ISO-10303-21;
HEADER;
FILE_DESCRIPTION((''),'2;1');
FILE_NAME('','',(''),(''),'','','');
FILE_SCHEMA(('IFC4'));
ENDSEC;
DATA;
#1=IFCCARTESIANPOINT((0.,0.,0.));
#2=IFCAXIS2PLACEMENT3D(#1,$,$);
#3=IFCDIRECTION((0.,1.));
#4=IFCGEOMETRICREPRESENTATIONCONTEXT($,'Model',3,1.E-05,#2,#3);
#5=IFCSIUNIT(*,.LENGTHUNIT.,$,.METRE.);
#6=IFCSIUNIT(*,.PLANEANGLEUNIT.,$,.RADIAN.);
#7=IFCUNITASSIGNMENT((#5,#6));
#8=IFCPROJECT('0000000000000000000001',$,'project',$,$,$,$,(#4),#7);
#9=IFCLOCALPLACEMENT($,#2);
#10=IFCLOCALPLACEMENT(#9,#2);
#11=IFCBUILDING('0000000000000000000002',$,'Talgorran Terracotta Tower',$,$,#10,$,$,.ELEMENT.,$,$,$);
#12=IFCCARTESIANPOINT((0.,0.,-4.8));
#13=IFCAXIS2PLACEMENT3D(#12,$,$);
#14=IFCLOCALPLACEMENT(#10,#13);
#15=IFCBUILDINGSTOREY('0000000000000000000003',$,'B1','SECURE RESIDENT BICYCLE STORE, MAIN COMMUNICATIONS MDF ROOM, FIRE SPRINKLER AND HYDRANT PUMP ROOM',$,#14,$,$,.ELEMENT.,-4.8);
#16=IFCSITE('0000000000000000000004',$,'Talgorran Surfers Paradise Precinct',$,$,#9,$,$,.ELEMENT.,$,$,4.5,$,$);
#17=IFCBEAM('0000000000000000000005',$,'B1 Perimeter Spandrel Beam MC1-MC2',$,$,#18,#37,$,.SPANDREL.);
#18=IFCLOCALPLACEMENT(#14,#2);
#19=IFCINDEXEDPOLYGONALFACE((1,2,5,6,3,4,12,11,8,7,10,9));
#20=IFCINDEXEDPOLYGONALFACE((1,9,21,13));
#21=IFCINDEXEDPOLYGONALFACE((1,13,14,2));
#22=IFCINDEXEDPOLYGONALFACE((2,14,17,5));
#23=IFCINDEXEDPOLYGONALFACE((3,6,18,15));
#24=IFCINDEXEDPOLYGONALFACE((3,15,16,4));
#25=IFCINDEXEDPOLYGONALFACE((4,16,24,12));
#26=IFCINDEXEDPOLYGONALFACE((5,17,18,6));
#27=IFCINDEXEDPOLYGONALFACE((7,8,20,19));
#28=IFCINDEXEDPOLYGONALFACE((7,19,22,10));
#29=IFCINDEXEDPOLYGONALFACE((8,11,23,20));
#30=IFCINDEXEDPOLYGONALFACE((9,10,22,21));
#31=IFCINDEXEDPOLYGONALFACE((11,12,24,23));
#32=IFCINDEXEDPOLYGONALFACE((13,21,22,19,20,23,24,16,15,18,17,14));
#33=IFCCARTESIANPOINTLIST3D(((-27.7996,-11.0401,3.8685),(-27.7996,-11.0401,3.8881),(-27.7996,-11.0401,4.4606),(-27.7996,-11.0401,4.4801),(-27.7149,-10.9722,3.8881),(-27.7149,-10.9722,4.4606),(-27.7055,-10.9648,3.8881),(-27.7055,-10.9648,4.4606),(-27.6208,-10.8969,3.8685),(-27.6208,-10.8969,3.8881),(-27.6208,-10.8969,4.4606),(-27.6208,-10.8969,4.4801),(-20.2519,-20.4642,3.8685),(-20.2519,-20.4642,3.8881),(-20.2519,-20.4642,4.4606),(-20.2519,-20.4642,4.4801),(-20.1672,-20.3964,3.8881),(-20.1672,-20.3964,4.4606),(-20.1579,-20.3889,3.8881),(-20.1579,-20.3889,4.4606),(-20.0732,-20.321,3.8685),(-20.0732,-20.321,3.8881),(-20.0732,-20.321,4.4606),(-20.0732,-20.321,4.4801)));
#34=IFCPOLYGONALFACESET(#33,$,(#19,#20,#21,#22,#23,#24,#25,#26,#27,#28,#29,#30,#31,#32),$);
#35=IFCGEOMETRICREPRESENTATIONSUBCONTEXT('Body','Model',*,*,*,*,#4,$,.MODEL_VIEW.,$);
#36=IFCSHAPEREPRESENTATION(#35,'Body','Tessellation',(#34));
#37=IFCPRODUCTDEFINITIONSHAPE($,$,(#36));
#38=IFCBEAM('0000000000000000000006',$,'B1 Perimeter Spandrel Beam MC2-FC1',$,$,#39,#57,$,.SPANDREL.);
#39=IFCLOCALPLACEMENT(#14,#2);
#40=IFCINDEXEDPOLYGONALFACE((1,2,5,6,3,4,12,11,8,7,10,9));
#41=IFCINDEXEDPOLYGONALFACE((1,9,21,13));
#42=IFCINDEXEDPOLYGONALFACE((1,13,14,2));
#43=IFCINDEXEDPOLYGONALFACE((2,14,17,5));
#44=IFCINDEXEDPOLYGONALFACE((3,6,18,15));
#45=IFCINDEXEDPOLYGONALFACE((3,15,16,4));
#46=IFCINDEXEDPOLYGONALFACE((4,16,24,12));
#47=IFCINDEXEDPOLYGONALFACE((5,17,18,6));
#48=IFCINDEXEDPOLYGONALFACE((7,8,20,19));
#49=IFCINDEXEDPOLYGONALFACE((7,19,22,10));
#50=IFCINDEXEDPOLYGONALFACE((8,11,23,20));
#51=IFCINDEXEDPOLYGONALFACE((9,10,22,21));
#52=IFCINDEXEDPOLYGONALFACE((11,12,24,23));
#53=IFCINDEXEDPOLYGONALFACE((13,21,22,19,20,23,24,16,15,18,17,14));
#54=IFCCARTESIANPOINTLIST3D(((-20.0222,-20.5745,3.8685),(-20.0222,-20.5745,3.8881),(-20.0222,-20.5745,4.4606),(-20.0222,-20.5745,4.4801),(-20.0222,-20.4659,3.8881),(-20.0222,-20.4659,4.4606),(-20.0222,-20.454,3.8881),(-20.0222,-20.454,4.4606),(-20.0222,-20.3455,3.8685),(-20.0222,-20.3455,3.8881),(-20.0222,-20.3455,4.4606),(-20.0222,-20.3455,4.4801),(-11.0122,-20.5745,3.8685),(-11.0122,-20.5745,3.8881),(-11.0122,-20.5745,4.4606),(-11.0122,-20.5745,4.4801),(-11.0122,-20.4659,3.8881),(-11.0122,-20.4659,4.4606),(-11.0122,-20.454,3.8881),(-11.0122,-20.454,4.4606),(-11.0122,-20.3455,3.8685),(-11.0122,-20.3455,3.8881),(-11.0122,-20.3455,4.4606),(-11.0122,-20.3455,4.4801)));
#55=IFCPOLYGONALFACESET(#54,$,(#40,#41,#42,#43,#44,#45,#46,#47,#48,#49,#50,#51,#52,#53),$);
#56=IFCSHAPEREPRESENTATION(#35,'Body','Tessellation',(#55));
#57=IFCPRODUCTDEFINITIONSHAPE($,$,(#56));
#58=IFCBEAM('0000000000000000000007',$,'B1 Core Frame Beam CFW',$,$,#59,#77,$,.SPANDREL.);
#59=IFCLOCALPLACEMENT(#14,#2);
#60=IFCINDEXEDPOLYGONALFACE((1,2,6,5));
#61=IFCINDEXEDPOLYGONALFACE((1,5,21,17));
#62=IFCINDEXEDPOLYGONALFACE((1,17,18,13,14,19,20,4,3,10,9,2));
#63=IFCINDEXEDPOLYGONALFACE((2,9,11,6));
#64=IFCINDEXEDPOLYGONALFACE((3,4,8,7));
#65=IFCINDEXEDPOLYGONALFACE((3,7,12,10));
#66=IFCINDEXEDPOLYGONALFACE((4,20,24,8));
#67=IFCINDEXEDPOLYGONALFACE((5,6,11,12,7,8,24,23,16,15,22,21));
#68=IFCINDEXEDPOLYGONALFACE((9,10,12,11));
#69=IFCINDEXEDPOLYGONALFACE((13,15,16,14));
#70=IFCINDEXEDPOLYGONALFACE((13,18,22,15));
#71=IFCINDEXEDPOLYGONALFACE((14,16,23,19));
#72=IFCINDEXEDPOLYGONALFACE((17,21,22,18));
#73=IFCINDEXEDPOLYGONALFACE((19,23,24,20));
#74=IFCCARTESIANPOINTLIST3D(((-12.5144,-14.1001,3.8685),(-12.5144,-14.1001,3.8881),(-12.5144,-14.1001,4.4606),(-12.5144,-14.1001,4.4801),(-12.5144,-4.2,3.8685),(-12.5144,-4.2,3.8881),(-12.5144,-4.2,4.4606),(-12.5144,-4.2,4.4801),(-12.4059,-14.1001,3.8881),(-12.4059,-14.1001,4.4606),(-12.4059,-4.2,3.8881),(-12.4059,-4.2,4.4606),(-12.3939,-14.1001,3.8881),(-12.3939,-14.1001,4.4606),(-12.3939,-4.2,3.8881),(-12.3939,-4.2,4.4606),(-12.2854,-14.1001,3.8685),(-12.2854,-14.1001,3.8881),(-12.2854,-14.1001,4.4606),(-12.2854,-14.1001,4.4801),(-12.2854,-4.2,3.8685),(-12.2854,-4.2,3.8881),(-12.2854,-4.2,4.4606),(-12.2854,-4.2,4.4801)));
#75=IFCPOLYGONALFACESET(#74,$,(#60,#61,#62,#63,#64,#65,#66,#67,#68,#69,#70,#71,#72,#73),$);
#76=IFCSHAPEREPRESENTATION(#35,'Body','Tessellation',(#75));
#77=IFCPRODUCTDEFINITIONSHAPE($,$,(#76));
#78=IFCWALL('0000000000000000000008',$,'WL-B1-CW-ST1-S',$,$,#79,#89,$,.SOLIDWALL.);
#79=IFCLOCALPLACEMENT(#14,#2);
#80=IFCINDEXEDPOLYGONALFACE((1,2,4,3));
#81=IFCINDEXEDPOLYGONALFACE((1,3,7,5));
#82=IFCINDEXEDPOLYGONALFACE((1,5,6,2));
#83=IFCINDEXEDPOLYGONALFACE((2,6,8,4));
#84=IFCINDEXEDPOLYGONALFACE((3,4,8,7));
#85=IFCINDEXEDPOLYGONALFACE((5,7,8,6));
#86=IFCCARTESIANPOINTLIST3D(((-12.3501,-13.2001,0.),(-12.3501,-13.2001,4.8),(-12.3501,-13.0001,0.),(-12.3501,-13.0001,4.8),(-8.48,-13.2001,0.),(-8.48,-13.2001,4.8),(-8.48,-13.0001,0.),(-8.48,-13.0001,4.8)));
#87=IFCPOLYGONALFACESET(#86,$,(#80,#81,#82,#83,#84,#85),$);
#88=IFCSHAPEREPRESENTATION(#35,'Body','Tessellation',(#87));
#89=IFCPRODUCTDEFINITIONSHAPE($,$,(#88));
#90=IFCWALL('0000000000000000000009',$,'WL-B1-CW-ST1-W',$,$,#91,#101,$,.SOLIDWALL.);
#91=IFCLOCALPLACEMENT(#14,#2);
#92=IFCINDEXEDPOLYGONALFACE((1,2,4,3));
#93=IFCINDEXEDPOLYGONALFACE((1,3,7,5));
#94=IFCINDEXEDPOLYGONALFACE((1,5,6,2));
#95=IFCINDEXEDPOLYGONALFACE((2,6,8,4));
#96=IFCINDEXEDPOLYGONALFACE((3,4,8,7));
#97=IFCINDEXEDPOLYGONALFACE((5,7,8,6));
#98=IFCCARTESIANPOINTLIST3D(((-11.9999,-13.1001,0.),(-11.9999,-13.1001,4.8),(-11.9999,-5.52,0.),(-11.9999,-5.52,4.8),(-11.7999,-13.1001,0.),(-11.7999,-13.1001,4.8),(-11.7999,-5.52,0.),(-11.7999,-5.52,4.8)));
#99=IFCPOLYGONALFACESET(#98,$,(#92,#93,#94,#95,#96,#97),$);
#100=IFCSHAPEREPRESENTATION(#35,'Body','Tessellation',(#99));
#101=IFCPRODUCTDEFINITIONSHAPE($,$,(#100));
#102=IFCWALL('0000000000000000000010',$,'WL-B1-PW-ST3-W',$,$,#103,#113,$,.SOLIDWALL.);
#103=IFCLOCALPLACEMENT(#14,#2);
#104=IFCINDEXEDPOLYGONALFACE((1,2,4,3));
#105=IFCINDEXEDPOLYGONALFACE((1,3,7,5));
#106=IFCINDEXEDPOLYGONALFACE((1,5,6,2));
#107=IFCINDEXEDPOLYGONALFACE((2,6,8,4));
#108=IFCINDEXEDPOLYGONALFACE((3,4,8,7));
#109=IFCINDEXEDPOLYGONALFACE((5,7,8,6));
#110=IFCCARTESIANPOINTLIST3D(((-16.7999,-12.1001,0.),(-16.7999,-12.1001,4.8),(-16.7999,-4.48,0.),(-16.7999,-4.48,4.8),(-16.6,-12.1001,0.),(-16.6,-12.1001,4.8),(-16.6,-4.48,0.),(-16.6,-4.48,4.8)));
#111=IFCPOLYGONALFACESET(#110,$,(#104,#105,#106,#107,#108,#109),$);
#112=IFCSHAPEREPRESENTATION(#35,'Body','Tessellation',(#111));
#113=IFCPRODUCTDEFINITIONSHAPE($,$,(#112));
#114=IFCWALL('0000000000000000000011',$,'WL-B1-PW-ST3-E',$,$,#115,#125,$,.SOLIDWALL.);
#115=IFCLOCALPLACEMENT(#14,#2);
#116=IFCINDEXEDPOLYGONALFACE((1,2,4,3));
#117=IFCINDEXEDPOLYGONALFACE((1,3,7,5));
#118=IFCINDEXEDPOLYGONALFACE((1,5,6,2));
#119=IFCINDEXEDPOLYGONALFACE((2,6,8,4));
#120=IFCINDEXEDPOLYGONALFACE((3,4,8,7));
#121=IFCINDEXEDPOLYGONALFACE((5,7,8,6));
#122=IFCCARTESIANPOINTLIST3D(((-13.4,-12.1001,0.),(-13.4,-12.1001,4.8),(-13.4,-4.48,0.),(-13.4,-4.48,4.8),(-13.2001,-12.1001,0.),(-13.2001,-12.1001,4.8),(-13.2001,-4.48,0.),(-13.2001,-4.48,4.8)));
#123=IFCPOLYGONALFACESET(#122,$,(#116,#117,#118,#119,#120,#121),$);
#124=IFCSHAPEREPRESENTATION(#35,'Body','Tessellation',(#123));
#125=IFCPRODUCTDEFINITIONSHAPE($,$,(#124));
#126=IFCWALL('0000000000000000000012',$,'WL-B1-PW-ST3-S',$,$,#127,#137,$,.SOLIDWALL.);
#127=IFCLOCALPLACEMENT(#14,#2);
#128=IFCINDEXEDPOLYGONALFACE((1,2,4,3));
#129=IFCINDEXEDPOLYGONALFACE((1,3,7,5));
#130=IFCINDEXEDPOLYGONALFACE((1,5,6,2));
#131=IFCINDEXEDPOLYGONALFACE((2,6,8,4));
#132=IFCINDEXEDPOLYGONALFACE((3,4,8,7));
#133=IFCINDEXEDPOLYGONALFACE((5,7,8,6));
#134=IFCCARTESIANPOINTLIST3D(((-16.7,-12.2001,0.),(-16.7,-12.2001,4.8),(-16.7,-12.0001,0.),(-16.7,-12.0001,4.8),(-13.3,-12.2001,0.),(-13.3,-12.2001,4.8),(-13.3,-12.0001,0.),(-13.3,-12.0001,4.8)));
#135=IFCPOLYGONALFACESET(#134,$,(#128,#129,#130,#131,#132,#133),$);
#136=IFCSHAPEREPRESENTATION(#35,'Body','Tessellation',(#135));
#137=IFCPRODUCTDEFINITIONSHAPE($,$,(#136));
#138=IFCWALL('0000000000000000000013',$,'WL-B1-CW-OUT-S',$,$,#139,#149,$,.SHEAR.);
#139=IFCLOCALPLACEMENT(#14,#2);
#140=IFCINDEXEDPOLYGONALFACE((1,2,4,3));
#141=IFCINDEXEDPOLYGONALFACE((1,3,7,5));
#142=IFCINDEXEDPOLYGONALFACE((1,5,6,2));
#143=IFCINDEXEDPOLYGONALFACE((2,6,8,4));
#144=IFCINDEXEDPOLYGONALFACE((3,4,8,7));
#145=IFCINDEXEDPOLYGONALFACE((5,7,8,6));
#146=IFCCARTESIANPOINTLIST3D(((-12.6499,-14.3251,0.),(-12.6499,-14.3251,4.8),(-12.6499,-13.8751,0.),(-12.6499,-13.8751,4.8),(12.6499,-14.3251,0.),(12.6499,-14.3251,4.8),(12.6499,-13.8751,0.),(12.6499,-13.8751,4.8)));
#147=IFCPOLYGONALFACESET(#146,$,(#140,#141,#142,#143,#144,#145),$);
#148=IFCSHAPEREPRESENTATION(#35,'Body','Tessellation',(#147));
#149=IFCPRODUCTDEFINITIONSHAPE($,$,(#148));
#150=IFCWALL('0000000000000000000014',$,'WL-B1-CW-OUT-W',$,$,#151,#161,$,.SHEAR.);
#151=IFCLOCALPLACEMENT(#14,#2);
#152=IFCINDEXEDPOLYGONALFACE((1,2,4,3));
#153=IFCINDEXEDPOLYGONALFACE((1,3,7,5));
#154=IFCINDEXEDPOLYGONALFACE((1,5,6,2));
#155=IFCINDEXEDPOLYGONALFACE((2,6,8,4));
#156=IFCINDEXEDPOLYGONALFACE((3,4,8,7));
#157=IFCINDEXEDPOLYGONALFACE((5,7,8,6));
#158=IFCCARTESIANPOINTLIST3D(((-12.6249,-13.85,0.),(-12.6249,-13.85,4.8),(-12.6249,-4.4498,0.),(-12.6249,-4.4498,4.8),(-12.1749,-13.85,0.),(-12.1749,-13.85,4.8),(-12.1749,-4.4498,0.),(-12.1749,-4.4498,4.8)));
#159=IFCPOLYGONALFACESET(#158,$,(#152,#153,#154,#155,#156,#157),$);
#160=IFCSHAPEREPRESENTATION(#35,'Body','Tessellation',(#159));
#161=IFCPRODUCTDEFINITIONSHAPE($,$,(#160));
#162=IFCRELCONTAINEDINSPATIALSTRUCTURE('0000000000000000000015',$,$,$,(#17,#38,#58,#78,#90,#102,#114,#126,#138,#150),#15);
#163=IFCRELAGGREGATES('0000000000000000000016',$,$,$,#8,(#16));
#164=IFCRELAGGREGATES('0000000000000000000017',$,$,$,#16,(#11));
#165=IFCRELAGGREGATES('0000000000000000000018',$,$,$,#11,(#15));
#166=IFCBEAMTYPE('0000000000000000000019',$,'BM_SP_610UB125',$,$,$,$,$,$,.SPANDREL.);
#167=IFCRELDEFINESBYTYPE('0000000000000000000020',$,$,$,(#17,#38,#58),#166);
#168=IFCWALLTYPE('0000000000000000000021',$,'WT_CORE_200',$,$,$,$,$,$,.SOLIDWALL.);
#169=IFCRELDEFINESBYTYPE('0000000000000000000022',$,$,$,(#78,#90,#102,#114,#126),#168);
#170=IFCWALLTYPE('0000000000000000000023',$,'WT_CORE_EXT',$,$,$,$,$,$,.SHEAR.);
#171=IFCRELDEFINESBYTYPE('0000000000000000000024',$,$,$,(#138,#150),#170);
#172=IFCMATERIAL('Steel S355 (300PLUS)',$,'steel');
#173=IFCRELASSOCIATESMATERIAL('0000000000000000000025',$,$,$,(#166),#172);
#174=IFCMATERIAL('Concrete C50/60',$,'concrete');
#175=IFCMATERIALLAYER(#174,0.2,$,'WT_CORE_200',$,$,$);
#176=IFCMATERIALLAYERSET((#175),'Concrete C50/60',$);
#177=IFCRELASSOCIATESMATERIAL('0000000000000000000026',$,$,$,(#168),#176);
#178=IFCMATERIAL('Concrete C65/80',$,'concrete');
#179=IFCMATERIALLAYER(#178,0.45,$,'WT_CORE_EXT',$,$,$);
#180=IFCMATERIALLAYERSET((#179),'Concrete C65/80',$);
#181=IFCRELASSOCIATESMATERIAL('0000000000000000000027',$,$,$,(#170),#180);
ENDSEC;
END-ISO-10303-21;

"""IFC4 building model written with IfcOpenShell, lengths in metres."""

from ifc_helpers import new_model, si_unit, direction, frame, frame_2d, origin, origin_2d, place, context, subcontext, project, spatial, rectangle, i_section, extrude, material, layer, layer_set, material_profile, profile_set, type_object, element, save


model = new_model("IFC4")

# Units and contexts
model_context = context("Model", 3, precision=1e-05, world=origin(), true_north=direction((0.0, 1.0)))
body_context = subcontext(model_context, "Body", "Model", "MODEL_VIEW")
ifc_project = project(units=[si_unit("LENGTHUNIT", "METRE"), si_unit("PLANEANGLEUNIT", "RADIAN")], contexts=[model_context])

# Site, building, storey
site_placement = place(None, origin())
site = spatial("IfcSite", under=ifc_project, at=site_placement, Name="Talgorran Surfers Paradise Precinct", CompositionType="ELEMENT", RefElevation=4.5)
building_placement = place(site_placement, origin())
building = spatial("IfcBuilding", under=site, at=building_placement, Name="Talgorran Terracotta Tower", CompositionType="ELEMENT")
storey_placement = place(building_placement, frame((0.0, 0.0, -4.8)))
storey = spatial("IfcBuildingStorey", under=building, at=storey_placement, Name="B1", Description="SECURE RESIDENT BICYCLE STORE, MAIN COMMUNICATIONS MDF ROOM, FIRE SPRINKLER AND HYDRANT PUMP ROOM", CompositionType="ELEMENT", Elevation=-4.8)

# Shared definitions
ifc_material_1 = material(Name="Concrete C50/60", Category="concrete")

# Shared definitions
ifc_material_2 = material(Name="Steel S355 (300PLUS)", Category="steel")

# Beams
ifc_material_profile_1 = material_profile(ifc_material_2, i_section(OverallWidth=0.229, OverallDepth=0.6116, WebThickness=0.012, FlangeThickness=0.0195, at=origin_2d()), Name="610UB125")
ifc_profile_set_1 = profile_set([ifc_material_profile_1], Name="Steel S355 (300PLUS)")
beam_type = type_object("IfcBeamType", Name="BM_SP_610UB125", PredefinedType="SPANDREL", material=ifc_profile_set_1)
beam_1_placement = place(storey_placement, frame((-27.7102, -10.9685, 4.1743), z_axis=(0.625117, -0.780531, 0.0), x_axis=(0.780531, 0.625117, 0.0)))
element("IfcBeam", 1, at=beam_1_placement, inside=storey, type_object=beam_type, Name="B1 Perimeter Spandrel Beam MC1-MC2", PredefinedType="SPANDREL", context=body_context, shape_type="SweptSolid", body=[
    extrude(i_section(OverallWidth=0.229, OverallDepth=0.6116, WebThickness=0.012, FlangeThickness=0.0195, at=origin_2d()), origin(), (0.0, 0.0, 1.0), 12.074),
])
beam_2_placement = place(storey_placement, frame((-20.0222, -20.46, 4.1743), z_axis=(1.0, 0.0, 0.0), x_axis=(0.0, 1.0, 0.0)))
element("IfcBeam", 2, at=beam_2_placement, inside=storey, type_object=beam_type, Name="B1 Perimeter Spandrel Beam MC2-FC1", PredefinedType="SPANDREL", context=body_context, shape_type="SweptSolid", body=[
    extrude(i_section(OverallWidth=0.229, OverallDepth=0.6116, WebThickness=0.012, FlangeThickness=0.0195, at=origin_2d()), origin(), (0.0, 0.0, 1.0), 9.01),
])
beam_3_placement = place(storey_placement, frame((-12.3999, -14.1001, 4.1743), z_axis=(0.0, 1.0, 0.0), x_axis=(-1.0, 0.0, 0.0)))
element("IfcBeam", 3, at=beam_3_placement, inside=storey, type_object=beam_type, Name="B1 Core Frame Beam CFW", PredefinedType="SPANDREL", context=body_context, shape_type="SweptSolid", body=[
    extrude(i_section(OverallWidth=0.229, OverallDepth=0.6116, WebThickness=0.012, FlangeThickness=0.0195, at=origin_2d()), origin(), (0.0, 0.0, 1.0), 9.9001),
])

# Walls
ifc_layer_1 = layer(ifc_material_1, 0.2, Name="WT_CORE_200")
ifc_layer_set_1 = layer_set([ifc_layer_1], Name="Concrete C50/60")
wall_type_1 = type_object("IfcWallType", Name="WT_CORE_200", PredefinedType="SOLIDWALL", material=ifc_layer_set_1)
wall_1_placement = place(storey_placement, frame((-12.3501, -13.1001, 0.0), z_axis=(0.0, 0.0, 1.0), x_axis=(1.0, 0.0, 0.0)))
element("IfcWall", 4, at=wall_1_placement, inside=storey, type_object=wall_type_1, Name="WL-B1-CW-ST1-S", PredefinedType="SOLIDWALL", context=body_context, shape_type="SweptSolid", body=[
    extrude(rectangle(XDim=3.8701, YDim=0.2, at=frame_2d((1.9351, 0.0))), origin(), (0.0, 0.0, 1.0), 4.8),
])
wall_2_placement = place(storey_placement, frame((-11.8999, -13.1001, 0.0), z_axis=(0.0, 0.0, 1.0), x_axis=(0.0, 1.0, 0.0)))
element("IfcWall", 5, at=wall_2_placement, inside=storey, type_object=wall_type_1, Name="WL-B1-CW-ST1-W", PredefinedType="SOLIDWALL", context=body_context, shape_type="SweptSolid", body=[
    extrude(rectangle(XDim=7.5801, YDim=0.2, at=frame_2d((3.79, 0.0))), origin(), (0.0, 0.0, 1.0), 4.8),
])
for number, where, z_axis, x_axis, name in (
    (6, (-16.7, -12.1001, 0.0), (0.0, 0.0, 1.0), (0.0, 1.0, 0.0), "WL-B1-PW-ST3-W"),
    (7, (-13.3, -12.1001, 0.0), (0.0, 0.0, 1.0), (0.0, 1.0, 0.0), "WL-B1-PW-ST3-E"),
):
    element("IfcWall", number, at=place(storey_placement, frame(where, z_axis=z_axis, x_axis=x_axis)), inside=storey, type_object=wall_type_1, Name=name, PredefinedType="SOLIDWALL", context=body_context, shape_type="SweptSolid", body=[
        extrude(rectangle(XDim=7.6201, YDim=0.2, at=frame_2d((3.8101, 0.0))), origin(), (0.0, 0.0, 1.0), 4.8),
    ])
wall_3_placement = place(storey_placement, frame((-16.7, -12.1001, 0.0), z_axis=(0.0, 0.0, 1.0), x_axis=(1.0, 0.0, 0.0)))
element("IfcWall", 8, at=wall_3_placement, inside=storey, type_object=wall_type_1, Name="WL-B1-PW-ST3-S", PredefinedType="SOLIDWALL", context=body_context, shape_type="SweptSolid", body=[
    extrude(rectangle(XDim=3.3999, YDim=0.2, at=frame_2d((1.7, 0.0))), origin(), (0.0, 0.0, 1.0), 4.8),
])
ifc_material_3 = material(Name="Concrete C65/80", Category="concrete")
ifc_layer_2 = layer(ifc_material_3, 0.45, Name="WT_CORE_EXT")
ifc_layer_set_2 = layer_set([ifc_layer_2], Name="Concrete C65/80")
wall_type_2 = type_object("IfcWallType", Name="WT_CORE_EXT", PredefinedType="SHEAR", material=ifc_layer_set_2)
wall_4_placement = place(storey_placement, frame((-12.6499, -14.1001, 0.0), z_axis=(0.0, 0.0, 1.0), x_axis=(1.0, 0.0, 0.0)))
element("IfcWall", 9, at=wall_4_placement, inside=storey, type_object=wall_type_2, Name="WL-B1-CW-OUT-S", PredefinedType="SHEAR", context=body_context, shape_type="SweptSolid", body=[
    extrude(rectangle(XDim=25.2998, YDim=0.45, at=frame_2d((12.6499, 0.0))), origin(), (0.0, 0.0, 1.0), 4.8),
])
wall_5_placement = place(storey_placement, frame((-12.3999, -13.8501, 0.0), z_axis=(0.0, 0.0, 1.0), x_axis=(0.0, 1.0, 0.0)))
element("IfcWall", 10, at=wall_5_placement, inside=storey, type_object=wall_type_2, Name="WL-B1-CW-OUT-W", PredefinedType="SHEAR", context=body_context, shape_type="SweptSolid", body=[
    extrude(rectangle(XDim=9.4001, YDim=0.45, at=frame_2d((4.7002, 0.0))), origin(), (0.0, 0.0, 1.0), 4.8),
])

save(model, "model.ifc")
